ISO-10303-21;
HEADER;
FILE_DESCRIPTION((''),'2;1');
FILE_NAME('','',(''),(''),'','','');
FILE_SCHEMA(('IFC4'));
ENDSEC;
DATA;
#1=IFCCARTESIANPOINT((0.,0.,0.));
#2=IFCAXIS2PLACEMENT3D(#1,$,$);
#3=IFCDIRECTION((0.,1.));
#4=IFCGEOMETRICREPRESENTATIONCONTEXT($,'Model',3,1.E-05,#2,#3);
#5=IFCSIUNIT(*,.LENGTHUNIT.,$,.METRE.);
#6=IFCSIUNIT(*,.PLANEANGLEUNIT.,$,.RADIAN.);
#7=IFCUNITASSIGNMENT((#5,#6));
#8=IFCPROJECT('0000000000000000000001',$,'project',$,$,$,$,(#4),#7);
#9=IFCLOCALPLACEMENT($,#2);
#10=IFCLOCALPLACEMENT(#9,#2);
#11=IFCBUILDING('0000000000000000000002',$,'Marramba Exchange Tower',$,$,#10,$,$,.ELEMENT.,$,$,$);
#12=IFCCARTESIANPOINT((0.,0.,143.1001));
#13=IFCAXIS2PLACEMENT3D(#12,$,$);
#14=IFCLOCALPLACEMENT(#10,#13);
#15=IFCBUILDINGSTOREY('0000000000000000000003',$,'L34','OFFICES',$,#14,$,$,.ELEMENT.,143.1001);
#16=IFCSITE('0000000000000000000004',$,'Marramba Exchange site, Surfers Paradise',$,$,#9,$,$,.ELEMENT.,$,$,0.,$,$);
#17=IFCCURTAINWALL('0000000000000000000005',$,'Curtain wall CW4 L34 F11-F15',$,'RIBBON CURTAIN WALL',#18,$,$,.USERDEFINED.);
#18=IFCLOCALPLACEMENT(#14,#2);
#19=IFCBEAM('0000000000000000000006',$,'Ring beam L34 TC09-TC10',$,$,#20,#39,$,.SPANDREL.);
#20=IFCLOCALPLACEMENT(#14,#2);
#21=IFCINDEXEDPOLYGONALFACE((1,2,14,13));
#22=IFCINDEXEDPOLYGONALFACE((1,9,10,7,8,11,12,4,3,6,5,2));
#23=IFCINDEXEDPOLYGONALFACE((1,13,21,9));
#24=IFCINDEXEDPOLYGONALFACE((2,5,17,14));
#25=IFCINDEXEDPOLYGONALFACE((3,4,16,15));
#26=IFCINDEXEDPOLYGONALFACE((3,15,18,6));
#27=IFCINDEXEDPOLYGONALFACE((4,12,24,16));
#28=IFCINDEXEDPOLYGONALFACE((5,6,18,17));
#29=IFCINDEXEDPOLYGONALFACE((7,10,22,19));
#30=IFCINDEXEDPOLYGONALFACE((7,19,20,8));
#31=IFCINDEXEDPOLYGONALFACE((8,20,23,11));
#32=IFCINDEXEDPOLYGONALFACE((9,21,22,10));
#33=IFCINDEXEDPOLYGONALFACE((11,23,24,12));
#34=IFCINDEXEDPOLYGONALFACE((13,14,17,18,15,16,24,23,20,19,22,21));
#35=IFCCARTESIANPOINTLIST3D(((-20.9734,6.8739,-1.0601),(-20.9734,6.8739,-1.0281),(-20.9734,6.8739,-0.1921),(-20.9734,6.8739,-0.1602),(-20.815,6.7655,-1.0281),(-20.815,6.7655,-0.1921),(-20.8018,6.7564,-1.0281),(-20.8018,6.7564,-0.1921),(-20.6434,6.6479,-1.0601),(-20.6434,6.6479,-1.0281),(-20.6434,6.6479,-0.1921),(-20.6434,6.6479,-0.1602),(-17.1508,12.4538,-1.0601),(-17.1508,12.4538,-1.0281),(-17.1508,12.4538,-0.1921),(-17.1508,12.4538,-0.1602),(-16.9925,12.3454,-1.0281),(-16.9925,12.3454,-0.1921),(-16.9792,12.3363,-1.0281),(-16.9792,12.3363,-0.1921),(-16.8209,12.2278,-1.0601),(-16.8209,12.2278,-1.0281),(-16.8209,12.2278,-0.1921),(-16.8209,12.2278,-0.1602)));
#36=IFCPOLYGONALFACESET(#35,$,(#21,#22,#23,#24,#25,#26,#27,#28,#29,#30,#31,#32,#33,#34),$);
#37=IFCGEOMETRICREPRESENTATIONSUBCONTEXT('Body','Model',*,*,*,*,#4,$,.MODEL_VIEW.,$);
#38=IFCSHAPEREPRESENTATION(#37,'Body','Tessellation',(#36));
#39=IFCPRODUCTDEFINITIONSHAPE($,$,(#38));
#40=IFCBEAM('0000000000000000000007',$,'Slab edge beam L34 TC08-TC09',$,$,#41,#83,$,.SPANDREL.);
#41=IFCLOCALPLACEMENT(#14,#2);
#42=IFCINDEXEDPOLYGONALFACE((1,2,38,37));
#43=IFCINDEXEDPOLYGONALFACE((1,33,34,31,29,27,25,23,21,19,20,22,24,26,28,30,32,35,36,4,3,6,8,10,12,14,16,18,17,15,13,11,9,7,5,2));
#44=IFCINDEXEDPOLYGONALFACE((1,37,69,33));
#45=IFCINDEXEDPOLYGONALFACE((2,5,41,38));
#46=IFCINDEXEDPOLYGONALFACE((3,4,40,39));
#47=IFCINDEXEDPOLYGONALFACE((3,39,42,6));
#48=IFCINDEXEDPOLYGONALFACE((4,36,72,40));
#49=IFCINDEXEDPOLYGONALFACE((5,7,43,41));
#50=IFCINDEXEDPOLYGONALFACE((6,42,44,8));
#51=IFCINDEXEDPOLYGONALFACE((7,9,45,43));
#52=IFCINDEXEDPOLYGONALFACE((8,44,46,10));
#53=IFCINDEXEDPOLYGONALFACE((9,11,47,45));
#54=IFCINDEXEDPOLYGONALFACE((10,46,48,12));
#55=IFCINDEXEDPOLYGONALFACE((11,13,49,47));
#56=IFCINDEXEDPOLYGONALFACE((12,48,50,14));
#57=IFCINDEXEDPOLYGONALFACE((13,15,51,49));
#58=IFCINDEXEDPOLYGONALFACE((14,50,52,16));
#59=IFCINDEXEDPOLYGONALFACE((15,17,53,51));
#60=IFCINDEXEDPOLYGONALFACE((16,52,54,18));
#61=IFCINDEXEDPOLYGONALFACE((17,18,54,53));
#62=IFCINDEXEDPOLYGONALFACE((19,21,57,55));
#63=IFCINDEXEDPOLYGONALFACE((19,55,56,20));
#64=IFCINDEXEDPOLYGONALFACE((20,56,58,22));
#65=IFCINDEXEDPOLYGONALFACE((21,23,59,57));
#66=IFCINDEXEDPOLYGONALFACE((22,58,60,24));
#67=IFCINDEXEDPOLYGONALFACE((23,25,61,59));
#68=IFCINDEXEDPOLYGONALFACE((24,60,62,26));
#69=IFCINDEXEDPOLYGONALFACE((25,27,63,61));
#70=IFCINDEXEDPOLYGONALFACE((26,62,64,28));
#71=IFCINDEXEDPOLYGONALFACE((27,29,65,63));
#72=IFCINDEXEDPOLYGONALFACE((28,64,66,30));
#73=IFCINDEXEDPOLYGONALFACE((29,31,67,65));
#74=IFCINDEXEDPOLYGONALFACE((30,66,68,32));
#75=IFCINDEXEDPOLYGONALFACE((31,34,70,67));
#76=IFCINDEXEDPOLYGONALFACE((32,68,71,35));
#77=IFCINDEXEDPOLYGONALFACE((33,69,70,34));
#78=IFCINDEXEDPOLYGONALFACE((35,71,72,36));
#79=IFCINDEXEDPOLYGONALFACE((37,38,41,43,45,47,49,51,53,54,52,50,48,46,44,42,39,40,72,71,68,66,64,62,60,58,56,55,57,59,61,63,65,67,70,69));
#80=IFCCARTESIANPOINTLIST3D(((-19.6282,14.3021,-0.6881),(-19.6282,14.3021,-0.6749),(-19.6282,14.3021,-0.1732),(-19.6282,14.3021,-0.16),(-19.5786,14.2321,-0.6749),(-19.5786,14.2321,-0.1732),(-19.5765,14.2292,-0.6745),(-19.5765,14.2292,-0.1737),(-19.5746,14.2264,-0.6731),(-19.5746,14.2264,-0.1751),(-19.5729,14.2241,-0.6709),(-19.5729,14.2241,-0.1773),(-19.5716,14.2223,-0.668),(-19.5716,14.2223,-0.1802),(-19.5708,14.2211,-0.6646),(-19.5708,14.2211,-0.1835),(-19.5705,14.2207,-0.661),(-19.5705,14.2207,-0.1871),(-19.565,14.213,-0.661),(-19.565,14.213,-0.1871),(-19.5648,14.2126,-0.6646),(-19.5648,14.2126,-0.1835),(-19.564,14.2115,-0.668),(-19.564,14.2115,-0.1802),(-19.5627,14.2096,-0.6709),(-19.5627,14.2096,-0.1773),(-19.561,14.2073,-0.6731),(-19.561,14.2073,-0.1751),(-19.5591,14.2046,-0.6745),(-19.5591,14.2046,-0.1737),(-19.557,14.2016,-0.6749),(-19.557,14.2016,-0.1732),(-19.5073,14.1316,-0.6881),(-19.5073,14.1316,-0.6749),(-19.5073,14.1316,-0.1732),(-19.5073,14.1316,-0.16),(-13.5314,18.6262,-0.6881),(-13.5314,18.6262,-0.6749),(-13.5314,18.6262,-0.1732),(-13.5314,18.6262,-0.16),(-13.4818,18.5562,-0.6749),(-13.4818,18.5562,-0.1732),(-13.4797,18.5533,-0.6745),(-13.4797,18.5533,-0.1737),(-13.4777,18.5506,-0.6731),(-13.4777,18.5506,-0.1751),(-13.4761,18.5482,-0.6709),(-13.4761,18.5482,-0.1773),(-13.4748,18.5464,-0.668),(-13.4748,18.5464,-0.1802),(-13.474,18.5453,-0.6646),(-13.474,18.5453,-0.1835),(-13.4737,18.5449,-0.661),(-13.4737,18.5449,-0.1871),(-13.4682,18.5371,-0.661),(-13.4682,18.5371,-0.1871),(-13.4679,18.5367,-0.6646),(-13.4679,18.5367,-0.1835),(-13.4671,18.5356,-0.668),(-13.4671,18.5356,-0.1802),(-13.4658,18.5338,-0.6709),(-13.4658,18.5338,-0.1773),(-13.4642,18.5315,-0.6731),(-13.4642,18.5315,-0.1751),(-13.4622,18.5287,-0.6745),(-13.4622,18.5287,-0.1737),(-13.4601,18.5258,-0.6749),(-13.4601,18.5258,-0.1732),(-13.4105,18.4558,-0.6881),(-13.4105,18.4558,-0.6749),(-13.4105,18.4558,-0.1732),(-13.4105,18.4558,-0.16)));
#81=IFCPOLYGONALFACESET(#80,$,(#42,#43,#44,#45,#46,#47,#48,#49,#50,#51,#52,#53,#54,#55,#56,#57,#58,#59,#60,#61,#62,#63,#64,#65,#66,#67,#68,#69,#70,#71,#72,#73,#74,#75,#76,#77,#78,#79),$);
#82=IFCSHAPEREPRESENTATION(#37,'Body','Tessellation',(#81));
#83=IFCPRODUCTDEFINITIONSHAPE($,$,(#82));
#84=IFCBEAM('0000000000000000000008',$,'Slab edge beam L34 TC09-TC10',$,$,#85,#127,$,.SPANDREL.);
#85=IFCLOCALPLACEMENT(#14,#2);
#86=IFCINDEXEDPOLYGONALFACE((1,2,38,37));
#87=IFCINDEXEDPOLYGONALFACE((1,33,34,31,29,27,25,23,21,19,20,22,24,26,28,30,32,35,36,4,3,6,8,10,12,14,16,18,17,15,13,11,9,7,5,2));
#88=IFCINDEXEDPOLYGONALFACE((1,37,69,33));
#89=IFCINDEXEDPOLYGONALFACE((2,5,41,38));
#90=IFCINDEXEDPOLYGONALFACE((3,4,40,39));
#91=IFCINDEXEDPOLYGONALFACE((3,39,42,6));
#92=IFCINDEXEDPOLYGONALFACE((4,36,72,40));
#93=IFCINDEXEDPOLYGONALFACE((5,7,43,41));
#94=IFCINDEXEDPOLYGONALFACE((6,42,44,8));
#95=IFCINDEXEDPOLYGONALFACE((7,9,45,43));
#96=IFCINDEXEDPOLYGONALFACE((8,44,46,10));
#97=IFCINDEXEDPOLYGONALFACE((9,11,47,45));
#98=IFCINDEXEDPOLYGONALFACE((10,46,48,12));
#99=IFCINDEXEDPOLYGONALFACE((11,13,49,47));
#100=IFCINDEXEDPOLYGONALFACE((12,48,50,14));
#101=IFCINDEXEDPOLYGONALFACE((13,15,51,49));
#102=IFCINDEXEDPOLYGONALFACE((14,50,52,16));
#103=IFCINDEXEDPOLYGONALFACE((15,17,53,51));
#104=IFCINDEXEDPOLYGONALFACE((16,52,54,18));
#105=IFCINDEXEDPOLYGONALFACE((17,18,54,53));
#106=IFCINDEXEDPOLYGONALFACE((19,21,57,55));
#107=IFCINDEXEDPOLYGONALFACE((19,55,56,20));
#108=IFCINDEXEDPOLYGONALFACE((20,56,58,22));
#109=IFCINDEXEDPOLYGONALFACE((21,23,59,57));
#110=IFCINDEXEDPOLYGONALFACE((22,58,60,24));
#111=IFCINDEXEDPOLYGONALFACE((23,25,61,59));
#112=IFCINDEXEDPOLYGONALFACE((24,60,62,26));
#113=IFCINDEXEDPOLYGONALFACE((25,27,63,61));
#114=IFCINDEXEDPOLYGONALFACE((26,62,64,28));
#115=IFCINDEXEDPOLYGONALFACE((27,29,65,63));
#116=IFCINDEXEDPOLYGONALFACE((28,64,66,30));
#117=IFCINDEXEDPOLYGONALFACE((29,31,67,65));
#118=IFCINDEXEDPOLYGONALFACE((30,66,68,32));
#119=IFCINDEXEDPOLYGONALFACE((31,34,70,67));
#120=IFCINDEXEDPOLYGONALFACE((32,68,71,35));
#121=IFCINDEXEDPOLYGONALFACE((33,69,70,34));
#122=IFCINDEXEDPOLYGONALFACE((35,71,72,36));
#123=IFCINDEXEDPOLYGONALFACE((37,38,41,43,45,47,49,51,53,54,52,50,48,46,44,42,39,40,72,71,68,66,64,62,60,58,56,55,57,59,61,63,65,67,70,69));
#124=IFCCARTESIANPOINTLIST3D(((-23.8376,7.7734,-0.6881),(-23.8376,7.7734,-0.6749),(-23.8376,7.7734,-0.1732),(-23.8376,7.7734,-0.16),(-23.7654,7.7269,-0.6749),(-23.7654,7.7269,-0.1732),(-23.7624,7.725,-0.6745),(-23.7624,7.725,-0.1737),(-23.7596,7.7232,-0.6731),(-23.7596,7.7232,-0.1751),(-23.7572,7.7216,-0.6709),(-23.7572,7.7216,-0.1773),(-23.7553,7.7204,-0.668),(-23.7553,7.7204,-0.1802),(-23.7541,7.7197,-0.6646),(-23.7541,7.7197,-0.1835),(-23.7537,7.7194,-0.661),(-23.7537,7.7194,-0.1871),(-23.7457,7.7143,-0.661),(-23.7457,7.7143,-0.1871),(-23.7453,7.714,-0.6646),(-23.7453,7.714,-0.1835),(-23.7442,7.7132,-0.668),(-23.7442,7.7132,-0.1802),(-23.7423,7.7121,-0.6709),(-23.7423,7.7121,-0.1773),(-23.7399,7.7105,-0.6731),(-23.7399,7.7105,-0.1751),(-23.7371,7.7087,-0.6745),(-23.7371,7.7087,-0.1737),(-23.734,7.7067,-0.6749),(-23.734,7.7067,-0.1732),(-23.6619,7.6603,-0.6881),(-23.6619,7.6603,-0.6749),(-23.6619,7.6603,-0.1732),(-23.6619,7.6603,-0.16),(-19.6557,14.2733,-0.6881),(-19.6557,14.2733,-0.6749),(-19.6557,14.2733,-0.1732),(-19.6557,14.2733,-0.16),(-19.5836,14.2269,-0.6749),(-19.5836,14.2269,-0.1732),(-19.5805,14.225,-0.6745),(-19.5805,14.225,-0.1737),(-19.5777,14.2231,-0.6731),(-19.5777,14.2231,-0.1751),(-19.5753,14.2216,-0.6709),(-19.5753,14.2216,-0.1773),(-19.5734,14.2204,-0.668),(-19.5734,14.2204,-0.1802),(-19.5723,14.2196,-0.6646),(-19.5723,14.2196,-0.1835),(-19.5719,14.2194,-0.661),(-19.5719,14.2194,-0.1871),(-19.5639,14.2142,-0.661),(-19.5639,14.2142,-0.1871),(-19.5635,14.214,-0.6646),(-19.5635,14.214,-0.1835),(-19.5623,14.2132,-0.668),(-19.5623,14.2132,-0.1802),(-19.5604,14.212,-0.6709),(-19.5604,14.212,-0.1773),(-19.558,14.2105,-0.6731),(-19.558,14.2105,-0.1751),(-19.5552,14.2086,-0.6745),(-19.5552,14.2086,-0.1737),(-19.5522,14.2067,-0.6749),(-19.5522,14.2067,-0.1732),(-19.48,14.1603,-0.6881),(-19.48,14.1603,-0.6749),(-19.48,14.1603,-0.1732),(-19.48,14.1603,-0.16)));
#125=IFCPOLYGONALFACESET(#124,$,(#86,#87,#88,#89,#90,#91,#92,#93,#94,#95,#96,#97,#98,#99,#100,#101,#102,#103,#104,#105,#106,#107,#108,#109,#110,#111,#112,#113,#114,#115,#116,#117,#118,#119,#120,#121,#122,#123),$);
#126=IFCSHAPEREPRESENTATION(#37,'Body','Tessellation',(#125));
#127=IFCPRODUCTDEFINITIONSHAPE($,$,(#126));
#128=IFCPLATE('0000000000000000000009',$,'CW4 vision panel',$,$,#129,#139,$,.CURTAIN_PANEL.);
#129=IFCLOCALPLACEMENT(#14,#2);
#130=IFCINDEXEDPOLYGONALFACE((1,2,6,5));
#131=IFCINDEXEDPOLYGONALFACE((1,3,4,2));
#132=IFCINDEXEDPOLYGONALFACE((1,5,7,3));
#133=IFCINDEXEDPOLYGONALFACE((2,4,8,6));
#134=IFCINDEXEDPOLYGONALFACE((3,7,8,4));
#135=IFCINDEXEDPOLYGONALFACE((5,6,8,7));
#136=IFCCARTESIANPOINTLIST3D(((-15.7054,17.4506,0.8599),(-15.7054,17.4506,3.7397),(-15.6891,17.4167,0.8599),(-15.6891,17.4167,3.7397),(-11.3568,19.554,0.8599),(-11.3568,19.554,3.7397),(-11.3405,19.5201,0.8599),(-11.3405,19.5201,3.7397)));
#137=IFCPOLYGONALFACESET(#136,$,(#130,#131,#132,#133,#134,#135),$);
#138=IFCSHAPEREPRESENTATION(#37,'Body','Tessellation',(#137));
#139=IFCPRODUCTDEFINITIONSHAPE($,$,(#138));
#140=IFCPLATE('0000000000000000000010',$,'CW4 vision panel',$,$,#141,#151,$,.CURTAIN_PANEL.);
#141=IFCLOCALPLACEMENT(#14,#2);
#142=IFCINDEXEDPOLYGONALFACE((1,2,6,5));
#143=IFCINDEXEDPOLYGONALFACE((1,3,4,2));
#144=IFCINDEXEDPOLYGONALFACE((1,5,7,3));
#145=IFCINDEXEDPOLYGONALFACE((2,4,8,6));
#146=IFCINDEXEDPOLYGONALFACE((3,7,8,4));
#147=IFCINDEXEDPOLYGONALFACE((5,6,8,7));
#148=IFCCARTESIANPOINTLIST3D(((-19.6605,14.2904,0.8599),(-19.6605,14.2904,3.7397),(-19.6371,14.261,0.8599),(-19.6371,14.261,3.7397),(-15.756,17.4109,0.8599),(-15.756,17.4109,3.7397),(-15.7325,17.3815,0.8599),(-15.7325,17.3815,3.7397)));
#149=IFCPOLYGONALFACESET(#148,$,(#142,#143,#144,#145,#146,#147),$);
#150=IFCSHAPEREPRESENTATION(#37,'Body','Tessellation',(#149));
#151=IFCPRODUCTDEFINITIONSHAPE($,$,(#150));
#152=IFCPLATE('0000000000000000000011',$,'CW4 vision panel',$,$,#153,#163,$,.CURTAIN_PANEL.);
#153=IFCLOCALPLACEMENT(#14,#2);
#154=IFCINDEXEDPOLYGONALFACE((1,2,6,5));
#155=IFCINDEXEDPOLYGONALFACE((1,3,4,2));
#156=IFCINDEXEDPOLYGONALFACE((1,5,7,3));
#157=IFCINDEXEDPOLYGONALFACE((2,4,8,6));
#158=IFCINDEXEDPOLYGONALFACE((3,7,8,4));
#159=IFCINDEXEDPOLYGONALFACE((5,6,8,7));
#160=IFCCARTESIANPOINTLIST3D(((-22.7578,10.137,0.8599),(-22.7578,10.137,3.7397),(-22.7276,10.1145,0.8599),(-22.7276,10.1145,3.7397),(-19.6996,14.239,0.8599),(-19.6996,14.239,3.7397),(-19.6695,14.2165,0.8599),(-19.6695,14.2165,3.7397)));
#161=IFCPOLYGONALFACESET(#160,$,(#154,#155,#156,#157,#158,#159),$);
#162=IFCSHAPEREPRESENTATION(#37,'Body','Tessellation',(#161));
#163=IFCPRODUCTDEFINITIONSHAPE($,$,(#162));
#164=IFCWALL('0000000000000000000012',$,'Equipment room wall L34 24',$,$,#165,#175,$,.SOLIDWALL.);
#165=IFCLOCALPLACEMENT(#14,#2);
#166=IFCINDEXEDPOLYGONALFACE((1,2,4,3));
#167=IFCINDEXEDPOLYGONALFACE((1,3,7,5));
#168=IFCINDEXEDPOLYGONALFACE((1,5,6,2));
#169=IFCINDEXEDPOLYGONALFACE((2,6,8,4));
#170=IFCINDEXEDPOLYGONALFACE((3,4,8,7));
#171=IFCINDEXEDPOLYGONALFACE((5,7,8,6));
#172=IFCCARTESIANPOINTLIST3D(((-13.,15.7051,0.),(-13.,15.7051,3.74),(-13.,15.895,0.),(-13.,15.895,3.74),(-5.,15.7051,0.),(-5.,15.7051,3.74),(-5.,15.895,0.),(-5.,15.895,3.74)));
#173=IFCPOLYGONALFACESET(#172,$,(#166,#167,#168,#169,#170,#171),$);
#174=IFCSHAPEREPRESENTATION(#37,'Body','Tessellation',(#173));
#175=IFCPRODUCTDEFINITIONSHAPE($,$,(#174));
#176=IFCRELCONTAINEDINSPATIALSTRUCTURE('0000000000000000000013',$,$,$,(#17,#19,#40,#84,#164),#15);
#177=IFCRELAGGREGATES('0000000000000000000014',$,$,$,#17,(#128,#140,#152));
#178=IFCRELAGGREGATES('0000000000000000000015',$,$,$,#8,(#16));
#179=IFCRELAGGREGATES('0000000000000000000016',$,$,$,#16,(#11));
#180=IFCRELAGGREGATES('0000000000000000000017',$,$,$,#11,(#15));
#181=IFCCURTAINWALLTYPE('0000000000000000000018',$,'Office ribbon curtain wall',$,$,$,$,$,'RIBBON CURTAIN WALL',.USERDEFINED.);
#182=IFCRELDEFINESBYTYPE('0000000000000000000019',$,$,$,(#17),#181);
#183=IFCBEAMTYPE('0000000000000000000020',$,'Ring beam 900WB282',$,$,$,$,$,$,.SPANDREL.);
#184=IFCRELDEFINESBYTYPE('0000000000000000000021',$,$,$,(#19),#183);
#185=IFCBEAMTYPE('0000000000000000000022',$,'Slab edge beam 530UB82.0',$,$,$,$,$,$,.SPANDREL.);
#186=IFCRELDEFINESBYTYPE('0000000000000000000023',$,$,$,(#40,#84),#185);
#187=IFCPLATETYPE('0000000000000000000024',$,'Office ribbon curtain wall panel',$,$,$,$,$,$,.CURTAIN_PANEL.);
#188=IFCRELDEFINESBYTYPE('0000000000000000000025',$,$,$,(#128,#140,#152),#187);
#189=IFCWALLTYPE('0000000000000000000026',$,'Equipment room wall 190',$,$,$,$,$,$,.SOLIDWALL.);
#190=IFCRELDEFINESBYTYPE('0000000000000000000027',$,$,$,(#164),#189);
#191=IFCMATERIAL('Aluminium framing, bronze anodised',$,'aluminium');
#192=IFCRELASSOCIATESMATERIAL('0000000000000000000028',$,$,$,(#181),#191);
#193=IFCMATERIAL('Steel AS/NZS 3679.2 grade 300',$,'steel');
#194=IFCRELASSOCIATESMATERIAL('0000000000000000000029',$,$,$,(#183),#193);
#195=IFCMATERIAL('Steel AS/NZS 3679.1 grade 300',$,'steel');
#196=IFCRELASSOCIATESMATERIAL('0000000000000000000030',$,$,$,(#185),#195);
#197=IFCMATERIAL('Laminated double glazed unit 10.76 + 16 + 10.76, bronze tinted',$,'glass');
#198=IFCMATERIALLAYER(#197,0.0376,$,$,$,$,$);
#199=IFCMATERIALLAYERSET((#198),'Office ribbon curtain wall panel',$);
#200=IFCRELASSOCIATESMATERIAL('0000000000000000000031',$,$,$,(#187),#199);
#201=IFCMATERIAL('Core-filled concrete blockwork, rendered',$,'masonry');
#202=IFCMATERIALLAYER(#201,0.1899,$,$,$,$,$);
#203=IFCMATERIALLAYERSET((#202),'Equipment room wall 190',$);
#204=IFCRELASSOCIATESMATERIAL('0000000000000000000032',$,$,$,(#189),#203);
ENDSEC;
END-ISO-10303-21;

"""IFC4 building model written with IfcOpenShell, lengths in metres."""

from ifc_helpers import new_model, si_unit, direction, frame, frame_2d, origin, origin_2d, place, context, subcontext, project, spatial, rectangle, i_section, extrude, material, layer, layer_set, material_profile, profile_set, type_object, element, aggregate, save


model = new_model("IFC4")

# Units and contexts
model_context = context("Model", 3, precision=1e-05, world=origin(), true_north=direction((0.0, 1.0)))
body_context = subcontext(model_context, "Body", "Model", "MODEL_VIEW")
ifc_project = project(units=[si_unit("LENGTHUNIT", "METRE"), si_unit("PLANEANGLEUNIT", "RADIAN")], contexts=[model_context])

# Site, building, storey
site_placement = place(None, origin())
site = spatial("IfcSite", under=ifc_project, at=site_placement, Name="Marramba Exchange site, Surfers Paradise", CompositionType="ELEMENT", RefElevation=0.0)
building_placement = place(site_placement, origin())
building = spatial("IfcBuilding", under=site, at=building_placement, Name="Marramba Exchange Tower", CompositionType="ELEMENT")
storey_placement = place(building_placement, frame((0.0, 0.0, 143.1001)))
storey = spatial("IfcBuildingStorey", under=building, at=storey_placement, Name="L34", Description="OFFICES", CompositionType="ELEMENT", Elevation=143.1001)

# Shared definitions
ifc_material_1 = material(Name="Steel AS/NZS 3679.2 grade 300", Category="steel")
ifc_material_2 = material(Name="Steel AS/NZS 3679.1 grade 300", Category="steel")

# Curtain wall
ifc_material_3 = material(Name="Aluminium framing, bronze anodised", Category="aluminium")
curtain_wall_type = type_object("IfcCurtainWallType", Name="Office ribbon curtain wall", ElementType="RIBBON CURTAIN WALL", PredefinedType="USERDEFINED", material=ifc_material_3)
curtain_wall_placement = place(storey_placement, origin())
curtain_wall = element("IfcCurtainWall", 1, at=curtain_wall_placement, inside=storey, type_object=curtain_wall_type, Name="Curtain wall CW4 L34 F11-F15", ObjectType="RIBBON CURTAIN WALL", PredefinedType="USERDEFINED")

# Beams
ifc_material_profile_1 = material_profile(ifc_material_1, i_section(OverallWidth=0.3999, OverallDepth=0.8999, WebThickness=0.0161, FlangeThickness=0.032, at=origin_2d()), Name="900WB282")
ifc_profile_set_1 = profile_set([ifc_material_profile_1], Name="Steel AS/NZS 3679.2 grade 300")
beam_type_1 = type_object("IfcBeamType", Name="Ring beam 900WB282", PredefinedType="SPANDREL", material=ifc_profile_set_1)
beam_1_placement = place(storey_placement, frame((-16.9858, 12.3408, -0.6101), z_axis=(-0.56516, -0.824981, 0.0), x_axis=(0.824981, -0.56516, 0.0)))
element("IfcBeam", 2, at=beam_1_placement, inside=storey, type_object=beam_type_1, Name="Ring beam L34 TC09-TC10", PredefinedType="SPANDREL", context=body_context, shape_type="SweptSolid", body=[
    extrude(i_section(OverallWidth=0.3999, OverallDepth=0.8999, WebThickness=0.0161, FlangeThickness=0.032, at=origin_2d()), origin(), (0.0, 0.0, 1.0), 6.7637),
])
ifc_material_profile_2 = material_profile(ifc_material_2, i_section(OverallWidth=0.209, OverallDepth=0.5281, WebThickness=0.0095, FlangeThickness=0.0132, FilletRadius=0.0139, at=origin_2d()), Name="530UB82.0")
ifc_profile_set_2 = profile_set([ifc_material_profile_2], Name="Steel AS/NZS 3679.1 grade 300")
beam_type_2 = type_object("IfcBeamType", Name="Slab edge beam 530UB82.0", PredefinedType="SPANDREL", material=ifc_profile_set_2)
beam_2_placement = place(storey_placement, frame((-13.4709, 18.541, -0.4241), z_axis=(-0.815673, -0.578513, 0.0), x_axis=(0.578513, -0.815673, 0.0)))
element("IfcBeam", 3, at=beam_2_placement, inside=storey, type_object=beam_type_2, Name="Slab edge beam L34 TC08-TC09", PredefinedType="SPANDREL", context=body_context, shape_type="SweptSolid", body=[
    extrude(i_section(OverallWidth=0.209, OverallDepth=0.5281, WebThickness=0.0095, FlangeThickness=0.0132, FilletRadius=0.0139, at=origin_2d()), origin(), (0.0, 0.0, 1.0), 7.4746),
])
beam_3_placement = place(storey_placement, frame((-19.5679, 14.2168, -0.4241), z_axis=(-0.541061, -0.840983, 0.0), x_axis=(0.840983, -0.541061, 0.0)))
element("IfcBeam", 4, at=beam_3_placement, inside=storey, type_object=beam_type_2, Name="Slab edge beam L34 TC09-TC10", PredefinedType="SPANDREL", context=body_context, shape_type="SweptSolid", body=[
    extrude(i_section(OverallWidth=0.209, OverallDepth=0.5281, WebThickness=0.0095, FlangeThickness=0.0132, FilletRadius=0.0139, at=origin_2d()), origin(), (0.0, 0.0, 1.0), 7.729),
])

# Plates
ifc_material_4 = material(Name="Laminated double glazed unit 10.76 + 16 + 10.76, bronze tinted", Category="glass")
ifc_layer_1 = layer(ifc_material_4, 0.0376)
ifc_layer_set_1 = layer_set([ifc_layer_1], Name="Office ribbon curtain wall panel")
plate_type = type_object("IfcPlateType", Name="Office ribbon curtain wall panel", PredefinedType="CURTAIN_PANEL", material=ifc_layer_set_1)
plate_1_placement = place(storey_placement, frame((-13.5229, 18.4854, 0.8599), z_axis=(0.0, 0.0, 1.0), x_axis=(-0.900224, -0.435428, 0.0)))
plate_1 = element("IfcPlate", 5, at=plate_1_placement, type_object=plate_type, Name="CW4 vision panel", PredefinedType="CURTAIN_PANEL", context=body_context, shape_type="SweptSolid", body=[
    extrude(rectangle(XDim=4.8306, YDim=0.0376, at=origin_2d()), origin(), (0.0, 0.0, 1.0), 2.8799),
])
plate_2_placement = place(storey_placement, frame((-17.6965, 15.8359, 0.8599), z_axis=(0.0, 0.0, 1.0), x_axis=(-0.781178, -0.624308, 0.0)))
plate_2 = element("IfcPlate", 6, at=plate_2_placement, type_object=plate_type, Name="CW4 vision panel", PredefinedType="CURTAIN_PANEL", context=body_context, shape_type="SweptSolid", body=[
    extrude(rectangle(XDim=4.9983, YDim=0.0376, at=origin_2d()), origin(), (0.0, 0.0, 1.0), 2.8799),
])
plate_3_placement = place(storey_placement, frame((-21.2136, 12.1768, 0.8599), z_axis=(0.0, 0.0, 1.0), x_axis=(-0.597704, -0.801717, 0.0)))
plate_3 = element("IfcPlate", 7, at=plate_3_placement, type_object=plate_type, Name="CW4 vision panel", PredefinedType="CURTAIN_PANEL", context=body_context, shape_type="SweptSolid", body=[
    extrude(rectangle(XDim=5.1165, YDim=0.0376, at=origin_2d()), origin(), (0.0, 0.0, 1.0), 2.8799),
])
aggregate(curtain_wall, [plate_1, plate_2, plate_3])

# Wall
ifc_material_5 = material(Name="Core-filled concrete blockwork, rendered", Category="masonry")
ifc_layer_2 = layer(ifc_material_5, 0.1899)
ifc_layer_set_2 = layer_set([ifc_layer_2], Name="Equipment room wall 190")
wall_type = type_object("IfcWallType", Name="Equipment room wall 190", PredefinedType="SOLIDWALL", material=ifc_layer_set_2)
wall_1_placement = place(storey_placement, frame((-13.0, 15.8, 0.0), z_axis=(0.0, 0.0, 1.0), x_axis=(1.0, 0.0, 0.0)))
element("IfcWall", 8, at=wall_1_placement, inside=storey, type_object=wall_type, Name="Equipment room wall L34 24", PredefinedType="SOLIDWALL", context=body_context, shape_type="SweptSolid", body=[
    extrude(rectangle(XDim=8.0, YDim=0.1899, at=frame_2d((4.0, 0.0))), origin(), (0.0, 0.0, 1.0), 3.74),
])

save(model, "model.ifc")
